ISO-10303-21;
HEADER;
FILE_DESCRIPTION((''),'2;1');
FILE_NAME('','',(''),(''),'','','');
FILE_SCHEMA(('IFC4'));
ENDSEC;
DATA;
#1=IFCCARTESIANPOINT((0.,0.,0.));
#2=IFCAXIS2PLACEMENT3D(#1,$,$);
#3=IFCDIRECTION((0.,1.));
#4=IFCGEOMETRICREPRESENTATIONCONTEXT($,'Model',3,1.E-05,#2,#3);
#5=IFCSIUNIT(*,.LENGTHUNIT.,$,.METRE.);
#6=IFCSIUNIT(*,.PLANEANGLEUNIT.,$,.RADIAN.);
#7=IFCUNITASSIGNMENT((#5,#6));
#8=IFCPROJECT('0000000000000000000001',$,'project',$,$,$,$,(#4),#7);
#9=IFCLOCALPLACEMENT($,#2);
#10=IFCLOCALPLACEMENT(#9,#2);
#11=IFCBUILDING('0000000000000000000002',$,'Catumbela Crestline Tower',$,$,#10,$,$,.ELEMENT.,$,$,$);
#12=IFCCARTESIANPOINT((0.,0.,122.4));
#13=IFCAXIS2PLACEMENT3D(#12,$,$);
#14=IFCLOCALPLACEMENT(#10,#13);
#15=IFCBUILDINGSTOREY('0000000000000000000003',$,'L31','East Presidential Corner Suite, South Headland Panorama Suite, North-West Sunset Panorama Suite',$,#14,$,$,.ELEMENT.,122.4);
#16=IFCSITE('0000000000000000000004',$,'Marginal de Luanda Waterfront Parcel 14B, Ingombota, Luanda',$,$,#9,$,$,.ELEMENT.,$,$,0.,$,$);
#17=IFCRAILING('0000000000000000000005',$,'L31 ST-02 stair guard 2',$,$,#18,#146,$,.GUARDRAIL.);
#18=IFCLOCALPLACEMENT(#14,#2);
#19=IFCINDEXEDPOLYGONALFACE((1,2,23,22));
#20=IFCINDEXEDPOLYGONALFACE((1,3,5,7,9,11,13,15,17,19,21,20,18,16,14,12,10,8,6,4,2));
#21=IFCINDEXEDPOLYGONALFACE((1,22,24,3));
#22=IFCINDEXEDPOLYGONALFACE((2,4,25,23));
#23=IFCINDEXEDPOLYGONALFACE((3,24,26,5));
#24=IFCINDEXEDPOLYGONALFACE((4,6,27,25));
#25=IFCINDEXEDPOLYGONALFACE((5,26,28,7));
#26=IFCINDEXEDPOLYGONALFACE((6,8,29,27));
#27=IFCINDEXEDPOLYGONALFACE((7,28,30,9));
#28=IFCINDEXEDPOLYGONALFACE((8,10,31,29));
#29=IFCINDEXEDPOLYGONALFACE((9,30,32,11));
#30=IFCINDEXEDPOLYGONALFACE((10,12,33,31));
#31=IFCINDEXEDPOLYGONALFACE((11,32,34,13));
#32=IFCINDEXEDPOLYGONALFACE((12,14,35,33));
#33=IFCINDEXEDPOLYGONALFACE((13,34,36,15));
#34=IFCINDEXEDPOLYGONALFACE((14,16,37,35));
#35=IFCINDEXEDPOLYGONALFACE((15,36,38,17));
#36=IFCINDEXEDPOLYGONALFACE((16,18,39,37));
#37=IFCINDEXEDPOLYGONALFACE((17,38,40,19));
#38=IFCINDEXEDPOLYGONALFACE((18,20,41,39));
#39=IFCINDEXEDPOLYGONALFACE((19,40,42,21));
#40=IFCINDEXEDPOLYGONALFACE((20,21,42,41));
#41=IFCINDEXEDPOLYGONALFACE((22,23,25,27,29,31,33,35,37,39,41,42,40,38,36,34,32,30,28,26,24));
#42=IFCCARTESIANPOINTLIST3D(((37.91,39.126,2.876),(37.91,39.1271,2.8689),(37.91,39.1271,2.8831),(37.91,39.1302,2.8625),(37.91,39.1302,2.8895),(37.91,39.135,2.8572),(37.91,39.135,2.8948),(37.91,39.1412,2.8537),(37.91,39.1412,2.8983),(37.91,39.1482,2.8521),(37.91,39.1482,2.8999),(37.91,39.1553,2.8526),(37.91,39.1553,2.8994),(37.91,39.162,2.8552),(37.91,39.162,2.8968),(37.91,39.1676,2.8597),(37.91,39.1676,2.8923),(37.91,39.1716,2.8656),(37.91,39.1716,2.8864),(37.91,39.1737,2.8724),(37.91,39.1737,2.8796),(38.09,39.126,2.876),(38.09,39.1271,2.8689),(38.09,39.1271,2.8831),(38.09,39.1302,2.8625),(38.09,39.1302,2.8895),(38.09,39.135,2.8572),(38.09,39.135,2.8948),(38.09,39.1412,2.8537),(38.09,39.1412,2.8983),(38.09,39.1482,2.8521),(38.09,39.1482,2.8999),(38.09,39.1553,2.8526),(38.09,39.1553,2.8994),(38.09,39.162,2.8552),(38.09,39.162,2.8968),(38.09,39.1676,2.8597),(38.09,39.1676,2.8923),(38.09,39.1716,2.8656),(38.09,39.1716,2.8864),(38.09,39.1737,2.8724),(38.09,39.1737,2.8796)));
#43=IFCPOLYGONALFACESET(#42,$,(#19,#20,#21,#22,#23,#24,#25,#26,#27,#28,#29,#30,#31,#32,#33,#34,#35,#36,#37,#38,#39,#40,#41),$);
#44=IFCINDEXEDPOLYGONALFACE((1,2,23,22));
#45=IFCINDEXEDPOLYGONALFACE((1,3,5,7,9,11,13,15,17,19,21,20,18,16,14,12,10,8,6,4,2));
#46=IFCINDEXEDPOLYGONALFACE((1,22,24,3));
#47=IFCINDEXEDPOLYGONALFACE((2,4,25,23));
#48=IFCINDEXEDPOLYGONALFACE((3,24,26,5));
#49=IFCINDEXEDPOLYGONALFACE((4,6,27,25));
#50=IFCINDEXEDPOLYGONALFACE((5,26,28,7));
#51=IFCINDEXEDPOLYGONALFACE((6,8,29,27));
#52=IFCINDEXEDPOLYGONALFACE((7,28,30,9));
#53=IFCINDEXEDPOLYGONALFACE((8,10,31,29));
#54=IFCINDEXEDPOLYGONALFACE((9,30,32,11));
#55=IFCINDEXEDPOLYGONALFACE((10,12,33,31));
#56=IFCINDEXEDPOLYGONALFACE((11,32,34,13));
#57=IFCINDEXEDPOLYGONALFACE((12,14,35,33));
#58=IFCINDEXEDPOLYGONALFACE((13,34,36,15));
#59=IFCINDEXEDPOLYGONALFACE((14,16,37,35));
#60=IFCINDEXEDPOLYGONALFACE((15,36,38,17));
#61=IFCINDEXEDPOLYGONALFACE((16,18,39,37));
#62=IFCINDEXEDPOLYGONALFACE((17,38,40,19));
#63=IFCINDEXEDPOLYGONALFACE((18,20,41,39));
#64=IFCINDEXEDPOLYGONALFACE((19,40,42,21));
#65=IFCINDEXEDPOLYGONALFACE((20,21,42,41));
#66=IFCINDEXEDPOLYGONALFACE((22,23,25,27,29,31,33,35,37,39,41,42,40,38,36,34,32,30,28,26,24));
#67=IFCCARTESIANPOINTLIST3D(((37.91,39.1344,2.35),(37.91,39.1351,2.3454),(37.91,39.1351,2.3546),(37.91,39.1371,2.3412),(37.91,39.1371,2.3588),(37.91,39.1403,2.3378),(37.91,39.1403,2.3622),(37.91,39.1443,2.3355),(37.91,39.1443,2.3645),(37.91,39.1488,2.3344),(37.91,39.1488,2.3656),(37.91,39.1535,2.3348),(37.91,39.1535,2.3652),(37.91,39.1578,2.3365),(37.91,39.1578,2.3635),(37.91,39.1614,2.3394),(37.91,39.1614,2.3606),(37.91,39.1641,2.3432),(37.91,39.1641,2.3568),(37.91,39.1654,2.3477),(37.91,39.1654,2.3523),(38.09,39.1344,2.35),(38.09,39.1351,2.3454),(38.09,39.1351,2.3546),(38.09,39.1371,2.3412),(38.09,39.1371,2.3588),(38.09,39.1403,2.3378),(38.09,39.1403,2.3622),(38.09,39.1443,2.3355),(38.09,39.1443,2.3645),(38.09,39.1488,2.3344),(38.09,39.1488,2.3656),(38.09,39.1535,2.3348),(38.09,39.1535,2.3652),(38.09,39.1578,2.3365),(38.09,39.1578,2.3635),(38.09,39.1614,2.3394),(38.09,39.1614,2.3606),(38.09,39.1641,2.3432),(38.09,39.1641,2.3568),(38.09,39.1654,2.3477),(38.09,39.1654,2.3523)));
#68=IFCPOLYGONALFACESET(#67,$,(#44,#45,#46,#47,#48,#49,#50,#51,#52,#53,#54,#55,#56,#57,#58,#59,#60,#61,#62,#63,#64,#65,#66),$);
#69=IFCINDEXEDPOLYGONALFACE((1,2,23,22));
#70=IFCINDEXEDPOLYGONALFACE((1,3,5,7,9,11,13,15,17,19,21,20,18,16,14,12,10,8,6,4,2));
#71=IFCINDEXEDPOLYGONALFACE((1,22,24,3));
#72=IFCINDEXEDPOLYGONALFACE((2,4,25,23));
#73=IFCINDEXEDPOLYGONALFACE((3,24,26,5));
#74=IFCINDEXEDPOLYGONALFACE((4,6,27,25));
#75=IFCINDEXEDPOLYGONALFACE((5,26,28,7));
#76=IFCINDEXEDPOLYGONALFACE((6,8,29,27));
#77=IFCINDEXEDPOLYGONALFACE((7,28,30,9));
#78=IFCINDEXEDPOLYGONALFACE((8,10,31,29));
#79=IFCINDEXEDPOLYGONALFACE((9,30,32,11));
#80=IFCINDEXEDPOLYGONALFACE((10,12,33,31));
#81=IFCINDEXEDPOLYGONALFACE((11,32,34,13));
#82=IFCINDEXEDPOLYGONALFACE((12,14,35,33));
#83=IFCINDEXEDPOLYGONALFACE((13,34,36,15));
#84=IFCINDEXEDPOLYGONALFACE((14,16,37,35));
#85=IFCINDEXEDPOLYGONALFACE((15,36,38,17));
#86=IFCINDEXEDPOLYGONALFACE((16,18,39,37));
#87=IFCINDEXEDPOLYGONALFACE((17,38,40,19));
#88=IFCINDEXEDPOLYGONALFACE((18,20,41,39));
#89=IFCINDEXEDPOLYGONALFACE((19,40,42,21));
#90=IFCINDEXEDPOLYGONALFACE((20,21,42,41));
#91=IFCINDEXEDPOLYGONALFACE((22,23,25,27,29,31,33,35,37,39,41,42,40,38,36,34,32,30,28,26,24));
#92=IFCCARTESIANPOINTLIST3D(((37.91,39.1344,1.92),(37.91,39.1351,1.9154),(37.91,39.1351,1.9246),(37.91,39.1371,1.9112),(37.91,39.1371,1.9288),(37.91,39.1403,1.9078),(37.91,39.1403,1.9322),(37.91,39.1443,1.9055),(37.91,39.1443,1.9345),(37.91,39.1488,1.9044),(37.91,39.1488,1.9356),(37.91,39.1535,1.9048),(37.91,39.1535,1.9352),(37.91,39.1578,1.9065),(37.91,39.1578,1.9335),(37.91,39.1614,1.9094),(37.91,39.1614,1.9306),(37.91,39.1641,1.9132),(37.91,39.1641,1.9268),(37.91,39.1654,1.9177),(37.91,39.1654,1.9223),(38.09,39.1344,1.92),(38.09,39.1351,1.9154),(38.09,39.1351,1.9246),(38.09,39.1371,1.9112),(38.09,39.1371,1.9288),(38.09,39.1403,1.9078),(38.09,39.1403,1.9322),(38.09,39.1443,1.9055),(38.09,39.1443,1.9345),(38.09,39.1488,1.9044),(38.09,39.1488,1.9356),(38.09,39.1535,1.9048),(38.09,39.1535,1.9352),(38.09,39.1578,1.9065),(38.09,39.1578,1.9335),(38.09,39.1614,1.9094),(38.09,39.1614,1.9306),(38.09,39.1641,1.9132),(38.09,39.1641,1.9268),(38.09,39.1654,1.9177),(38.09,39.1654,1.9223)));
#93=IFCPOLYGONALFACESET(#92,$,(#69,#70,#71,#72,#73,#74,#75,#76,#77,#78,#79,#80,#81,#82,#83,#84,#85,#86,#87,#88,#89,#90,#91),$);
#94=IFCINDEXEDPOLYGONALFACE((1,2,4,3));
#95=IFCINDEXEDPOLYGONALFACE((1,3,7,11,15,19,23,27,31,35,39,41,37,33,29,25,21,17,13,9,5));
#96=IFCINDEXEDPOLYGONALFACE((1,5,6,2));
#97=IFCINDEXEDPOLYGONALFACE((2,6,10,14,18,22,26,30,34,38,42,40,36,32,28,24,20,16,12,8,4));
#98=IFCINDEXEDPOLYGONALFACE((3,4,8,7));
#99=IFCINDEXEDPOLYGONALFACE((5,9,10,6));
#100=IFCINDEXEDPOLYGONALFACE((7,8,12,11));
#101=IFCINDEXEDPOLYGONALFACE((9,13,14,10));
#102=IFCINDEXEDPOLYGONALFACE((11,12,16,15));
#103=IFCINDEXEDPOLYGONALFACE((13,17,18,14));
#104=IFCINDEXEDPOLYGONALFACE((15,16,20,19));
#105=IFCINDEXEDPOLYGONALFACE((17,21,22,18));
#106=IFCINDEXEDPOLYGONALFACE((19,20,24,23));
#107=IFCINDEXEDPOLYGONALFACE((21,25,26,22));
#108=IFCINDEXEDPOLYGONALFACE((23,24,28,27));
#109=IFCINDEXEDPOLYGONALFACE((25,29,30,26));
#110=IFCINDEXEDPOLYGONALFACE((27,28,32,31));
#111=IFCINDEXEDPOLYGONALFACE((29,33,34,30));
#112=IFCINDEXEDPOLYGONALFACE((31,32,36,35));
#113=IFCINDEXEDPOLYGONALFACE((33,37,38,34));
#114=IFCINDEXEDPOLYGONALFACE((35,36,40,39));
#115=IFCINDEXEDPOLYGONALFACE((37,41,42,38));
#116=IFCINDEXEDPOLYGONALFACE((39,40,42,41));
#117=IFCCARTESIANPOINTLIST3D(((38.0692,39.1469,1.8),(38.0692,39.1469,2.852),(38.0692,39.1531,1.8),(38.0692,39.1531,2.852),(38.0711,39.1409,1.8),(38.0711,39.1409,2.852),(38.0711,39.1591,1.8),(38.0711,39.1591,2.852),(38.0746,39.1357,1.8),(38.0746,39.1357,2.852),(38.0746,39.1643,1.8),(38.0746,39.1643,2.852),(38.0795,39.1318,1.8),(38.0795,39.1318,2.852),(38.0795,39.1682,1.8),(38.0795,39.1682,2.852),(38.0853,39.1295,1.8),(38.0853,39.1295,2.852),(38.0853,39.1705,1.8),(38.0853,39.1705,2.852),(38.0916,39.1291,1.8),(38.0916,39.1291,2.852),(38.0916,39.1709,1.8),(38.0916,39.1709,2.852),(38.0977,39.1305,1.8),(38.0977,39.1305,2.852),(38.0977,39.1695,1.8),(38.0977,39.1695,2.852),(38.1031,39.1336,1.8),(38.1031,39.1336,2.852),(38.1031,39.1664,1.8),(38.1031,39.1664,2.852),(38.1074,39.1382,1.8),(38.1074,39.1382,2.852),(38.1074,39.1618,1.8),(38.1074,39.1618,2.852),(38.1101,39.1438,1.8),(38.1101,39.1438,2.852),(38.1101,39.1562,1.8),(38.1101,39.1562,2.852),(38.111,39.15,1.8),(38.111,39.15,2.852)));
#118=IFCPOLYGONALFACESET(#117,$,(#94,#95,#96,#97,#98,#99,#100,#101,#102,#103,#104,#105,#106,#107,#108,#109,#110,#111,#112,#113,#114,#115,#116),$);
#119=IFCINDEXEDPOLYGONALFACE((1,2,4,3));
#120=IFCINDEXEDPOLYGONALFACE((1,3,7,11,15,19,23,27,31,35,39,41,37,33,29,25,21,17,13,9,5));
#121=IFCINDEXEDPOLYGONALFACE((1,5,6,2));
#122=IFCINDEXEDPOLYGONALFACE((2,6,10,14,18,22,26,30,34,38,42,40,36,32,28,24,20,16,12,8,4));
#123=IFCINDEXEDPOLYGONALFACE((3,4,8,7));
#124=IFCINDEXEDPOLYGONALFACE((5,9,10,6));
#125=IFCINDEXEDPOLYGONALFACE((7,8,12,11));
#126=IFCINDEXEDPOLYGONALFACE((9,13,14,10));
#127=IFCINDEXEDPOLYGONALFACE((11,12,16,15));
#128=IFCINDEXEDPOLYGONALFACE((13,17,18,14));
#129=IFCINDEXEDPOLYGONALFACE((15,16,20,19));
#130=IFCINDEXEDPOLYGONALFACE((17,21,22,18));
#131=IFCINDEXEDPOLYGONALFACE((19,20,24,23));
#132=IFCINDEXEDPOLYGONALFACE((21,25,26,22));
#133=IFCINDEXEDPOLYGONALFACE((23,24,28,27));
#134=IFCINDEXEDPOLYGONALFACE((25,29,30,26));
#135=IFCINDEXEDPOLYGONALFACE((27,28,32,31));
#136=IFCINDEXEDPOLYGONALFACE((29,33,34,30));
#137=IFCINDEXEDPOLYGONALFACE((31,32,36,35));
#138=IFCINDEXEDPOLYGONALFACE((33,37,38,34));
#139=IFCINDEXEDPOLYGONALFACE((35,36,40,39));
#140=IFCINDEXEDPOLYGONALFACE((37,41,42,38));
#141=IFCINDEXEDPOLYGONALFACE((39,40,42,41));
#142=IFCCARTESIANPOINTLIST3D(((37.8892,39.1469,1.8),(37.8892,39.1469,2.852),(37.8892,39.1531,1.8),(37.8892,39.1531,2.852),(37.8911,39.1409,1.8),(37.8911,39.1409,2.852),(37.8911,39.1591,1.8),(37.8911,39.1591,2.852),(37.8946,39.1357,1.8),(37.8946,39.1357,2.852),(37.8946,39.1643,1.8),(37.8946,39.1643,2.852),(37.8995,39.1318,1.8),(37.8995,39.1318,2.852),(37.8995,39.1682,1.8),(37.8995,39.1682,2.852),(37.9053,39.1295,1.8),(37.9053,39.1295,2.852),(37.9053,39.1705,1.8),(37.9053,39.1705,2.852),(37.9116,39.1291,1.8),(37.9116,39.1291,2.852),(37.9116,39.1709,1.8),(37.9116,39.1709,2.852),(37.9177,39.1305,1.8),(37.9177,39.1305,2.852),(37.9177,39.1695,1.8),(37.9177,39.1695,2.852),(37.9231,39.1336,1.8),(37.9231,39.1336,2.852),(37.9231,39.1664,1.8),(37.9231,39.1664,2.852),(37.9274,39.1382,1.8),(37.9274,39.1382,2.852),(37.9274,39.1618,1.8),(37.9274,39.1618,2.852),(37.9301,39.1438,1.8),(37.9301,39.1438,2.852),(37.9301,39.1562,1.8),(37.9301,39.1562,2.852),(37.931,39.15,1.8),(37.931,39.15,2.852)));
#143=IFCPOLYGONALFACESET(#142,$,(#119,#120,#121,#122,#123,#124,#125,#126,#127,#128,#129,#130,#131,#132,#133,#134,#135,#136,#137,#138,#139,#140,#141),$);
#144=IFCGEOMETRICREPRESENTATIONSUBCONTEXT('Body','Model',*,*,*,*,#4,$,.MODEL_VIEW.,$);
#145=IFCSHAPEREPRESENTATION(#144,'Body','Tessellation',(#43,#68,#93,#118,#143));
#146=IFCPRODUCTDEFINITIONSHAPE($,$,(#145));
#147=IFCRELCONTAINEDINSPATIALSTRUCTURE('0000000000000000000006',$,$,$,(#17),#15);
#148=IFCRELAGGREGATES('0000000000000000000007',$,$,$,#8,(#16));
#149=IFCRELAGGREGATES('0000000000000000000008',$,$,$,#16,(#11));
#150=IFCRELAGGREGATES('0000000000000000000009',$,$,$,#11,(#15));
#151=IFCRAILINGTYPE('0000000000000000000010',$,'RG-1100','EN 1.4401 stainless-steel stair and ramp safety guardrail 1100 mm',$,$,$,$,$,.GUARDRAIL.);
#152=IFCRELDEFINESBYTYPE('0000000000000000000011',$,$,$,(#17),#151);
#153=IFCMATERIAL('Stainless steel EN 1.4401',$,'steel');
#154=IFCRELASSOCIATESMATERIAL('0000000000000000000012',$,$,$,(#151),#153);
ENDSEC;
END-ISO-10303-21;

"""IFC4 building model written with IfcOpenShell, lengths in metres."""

from ifc_helpers import new_model, si_unit, direction, frame, origin, origin_2d, place, context, subcontext, project, spatial, circle, extrude, material, type_object, element, save


model = new_model("IFC4")

# Units and contexts
model_context = context("Model", 3, precision=1e-05, world=origin(), true_north=direction((0.0, 1.0)))
body_context = subcontext(model_context, "Body", "Model", "MODEL_VIEW")
ifc_project = project(units=[si_unit("LENGTHUNIT", "METRE"), si_unit("PLANEANGLEUNIT", "RADIAN")], contexts=[model_context])

# Site, building, storey
site_placement = place(None, origin())
site = spatial("IfcSite", under=ifc_project, at=site_placement, Name="Marginal de Luanda Waterfront Parcel 14B, Ingombota, Luanda", CompositionType="ELEMENT", RefElevation=0.0)
building_placement = place(site_placement, origin())
building = spatial("IfcBuilding", under=site, at=building_placement, Name="Catumbela Crestline Tower", CompositionType="ELEMENT")
storey_placement = place(building_placement, frame((0.0, 0.0, 122.4)))
storey = spatial("IfcBuildingStorey", under=building, at=storey_placement, Name="L31", Description="East Presidential Corner Suite, South Headland Panorama Suite, North-West Sunset Panorama Suite", CompositionType="ELEMENT", Elevation=122.4)

# Shared definitions
ifc_material_1 = material(Name="Stainless steel EN 1.4401", Category="steel")

# Railing
railing_type_1 = type_object("IfcRailingType", Name="RG-1100", Description="EN 1.4401 stainless-steel stair and ramp safety guardrail 1100 mm", PredefinedType="GUARDRAIL", material=ifc_material_1)
railing_1_placement = place(storey_placement, frame((38.09, 39.15, 1.8)))
element("IfcRailing", 1, at=railing_1_placement, inside=storey, type_object=railing_type_1, Name="L31 ST-02 stair guard 2", PredefinedType="GUARDRAIL", context=body_context, shape_type="SweptSolid", body=[
    extrude(circle(Radius=0.024, at=origin_2d()), frame((0.0, 0.0, 1.076), z_axis=(-1.0, 0.0, 0.0), x_axis=(0.0, -1.0, 0.0)), (0.0, 0.0, 1.0), 0.18),
    extrude(circle(Radius=0.0156, at=origin_2d()), frame((0.0, 0.0, 0.55), z_axis=(-1.0, 0.0, 0.0), x_axis=(0.0, -1.0, 0.0)), (0.0, 0.0, 1.0), 0.18),
    extrude(circle(Radius=0.0156, at=origin_2d()), frame((0.0, 0.0, 0.12), z_axis=(-1.0, 0.0, 0.0), x_axis=(0.0, -1.0, 0.0)), (0.0, 0.0, 1.0), 0.18),
    extrude(circle(Radius=0.021, at=origin_2d()), origin(), (0.0, 0.0, 1.0), 1.052),
    extrude(circle(Radius=0.021, at=origin_2d()), frame((-0.18, 0.0, 0.0)), (0.0, 0.0, 1.0), 1.052),
])

save(model, "model.ifc")
